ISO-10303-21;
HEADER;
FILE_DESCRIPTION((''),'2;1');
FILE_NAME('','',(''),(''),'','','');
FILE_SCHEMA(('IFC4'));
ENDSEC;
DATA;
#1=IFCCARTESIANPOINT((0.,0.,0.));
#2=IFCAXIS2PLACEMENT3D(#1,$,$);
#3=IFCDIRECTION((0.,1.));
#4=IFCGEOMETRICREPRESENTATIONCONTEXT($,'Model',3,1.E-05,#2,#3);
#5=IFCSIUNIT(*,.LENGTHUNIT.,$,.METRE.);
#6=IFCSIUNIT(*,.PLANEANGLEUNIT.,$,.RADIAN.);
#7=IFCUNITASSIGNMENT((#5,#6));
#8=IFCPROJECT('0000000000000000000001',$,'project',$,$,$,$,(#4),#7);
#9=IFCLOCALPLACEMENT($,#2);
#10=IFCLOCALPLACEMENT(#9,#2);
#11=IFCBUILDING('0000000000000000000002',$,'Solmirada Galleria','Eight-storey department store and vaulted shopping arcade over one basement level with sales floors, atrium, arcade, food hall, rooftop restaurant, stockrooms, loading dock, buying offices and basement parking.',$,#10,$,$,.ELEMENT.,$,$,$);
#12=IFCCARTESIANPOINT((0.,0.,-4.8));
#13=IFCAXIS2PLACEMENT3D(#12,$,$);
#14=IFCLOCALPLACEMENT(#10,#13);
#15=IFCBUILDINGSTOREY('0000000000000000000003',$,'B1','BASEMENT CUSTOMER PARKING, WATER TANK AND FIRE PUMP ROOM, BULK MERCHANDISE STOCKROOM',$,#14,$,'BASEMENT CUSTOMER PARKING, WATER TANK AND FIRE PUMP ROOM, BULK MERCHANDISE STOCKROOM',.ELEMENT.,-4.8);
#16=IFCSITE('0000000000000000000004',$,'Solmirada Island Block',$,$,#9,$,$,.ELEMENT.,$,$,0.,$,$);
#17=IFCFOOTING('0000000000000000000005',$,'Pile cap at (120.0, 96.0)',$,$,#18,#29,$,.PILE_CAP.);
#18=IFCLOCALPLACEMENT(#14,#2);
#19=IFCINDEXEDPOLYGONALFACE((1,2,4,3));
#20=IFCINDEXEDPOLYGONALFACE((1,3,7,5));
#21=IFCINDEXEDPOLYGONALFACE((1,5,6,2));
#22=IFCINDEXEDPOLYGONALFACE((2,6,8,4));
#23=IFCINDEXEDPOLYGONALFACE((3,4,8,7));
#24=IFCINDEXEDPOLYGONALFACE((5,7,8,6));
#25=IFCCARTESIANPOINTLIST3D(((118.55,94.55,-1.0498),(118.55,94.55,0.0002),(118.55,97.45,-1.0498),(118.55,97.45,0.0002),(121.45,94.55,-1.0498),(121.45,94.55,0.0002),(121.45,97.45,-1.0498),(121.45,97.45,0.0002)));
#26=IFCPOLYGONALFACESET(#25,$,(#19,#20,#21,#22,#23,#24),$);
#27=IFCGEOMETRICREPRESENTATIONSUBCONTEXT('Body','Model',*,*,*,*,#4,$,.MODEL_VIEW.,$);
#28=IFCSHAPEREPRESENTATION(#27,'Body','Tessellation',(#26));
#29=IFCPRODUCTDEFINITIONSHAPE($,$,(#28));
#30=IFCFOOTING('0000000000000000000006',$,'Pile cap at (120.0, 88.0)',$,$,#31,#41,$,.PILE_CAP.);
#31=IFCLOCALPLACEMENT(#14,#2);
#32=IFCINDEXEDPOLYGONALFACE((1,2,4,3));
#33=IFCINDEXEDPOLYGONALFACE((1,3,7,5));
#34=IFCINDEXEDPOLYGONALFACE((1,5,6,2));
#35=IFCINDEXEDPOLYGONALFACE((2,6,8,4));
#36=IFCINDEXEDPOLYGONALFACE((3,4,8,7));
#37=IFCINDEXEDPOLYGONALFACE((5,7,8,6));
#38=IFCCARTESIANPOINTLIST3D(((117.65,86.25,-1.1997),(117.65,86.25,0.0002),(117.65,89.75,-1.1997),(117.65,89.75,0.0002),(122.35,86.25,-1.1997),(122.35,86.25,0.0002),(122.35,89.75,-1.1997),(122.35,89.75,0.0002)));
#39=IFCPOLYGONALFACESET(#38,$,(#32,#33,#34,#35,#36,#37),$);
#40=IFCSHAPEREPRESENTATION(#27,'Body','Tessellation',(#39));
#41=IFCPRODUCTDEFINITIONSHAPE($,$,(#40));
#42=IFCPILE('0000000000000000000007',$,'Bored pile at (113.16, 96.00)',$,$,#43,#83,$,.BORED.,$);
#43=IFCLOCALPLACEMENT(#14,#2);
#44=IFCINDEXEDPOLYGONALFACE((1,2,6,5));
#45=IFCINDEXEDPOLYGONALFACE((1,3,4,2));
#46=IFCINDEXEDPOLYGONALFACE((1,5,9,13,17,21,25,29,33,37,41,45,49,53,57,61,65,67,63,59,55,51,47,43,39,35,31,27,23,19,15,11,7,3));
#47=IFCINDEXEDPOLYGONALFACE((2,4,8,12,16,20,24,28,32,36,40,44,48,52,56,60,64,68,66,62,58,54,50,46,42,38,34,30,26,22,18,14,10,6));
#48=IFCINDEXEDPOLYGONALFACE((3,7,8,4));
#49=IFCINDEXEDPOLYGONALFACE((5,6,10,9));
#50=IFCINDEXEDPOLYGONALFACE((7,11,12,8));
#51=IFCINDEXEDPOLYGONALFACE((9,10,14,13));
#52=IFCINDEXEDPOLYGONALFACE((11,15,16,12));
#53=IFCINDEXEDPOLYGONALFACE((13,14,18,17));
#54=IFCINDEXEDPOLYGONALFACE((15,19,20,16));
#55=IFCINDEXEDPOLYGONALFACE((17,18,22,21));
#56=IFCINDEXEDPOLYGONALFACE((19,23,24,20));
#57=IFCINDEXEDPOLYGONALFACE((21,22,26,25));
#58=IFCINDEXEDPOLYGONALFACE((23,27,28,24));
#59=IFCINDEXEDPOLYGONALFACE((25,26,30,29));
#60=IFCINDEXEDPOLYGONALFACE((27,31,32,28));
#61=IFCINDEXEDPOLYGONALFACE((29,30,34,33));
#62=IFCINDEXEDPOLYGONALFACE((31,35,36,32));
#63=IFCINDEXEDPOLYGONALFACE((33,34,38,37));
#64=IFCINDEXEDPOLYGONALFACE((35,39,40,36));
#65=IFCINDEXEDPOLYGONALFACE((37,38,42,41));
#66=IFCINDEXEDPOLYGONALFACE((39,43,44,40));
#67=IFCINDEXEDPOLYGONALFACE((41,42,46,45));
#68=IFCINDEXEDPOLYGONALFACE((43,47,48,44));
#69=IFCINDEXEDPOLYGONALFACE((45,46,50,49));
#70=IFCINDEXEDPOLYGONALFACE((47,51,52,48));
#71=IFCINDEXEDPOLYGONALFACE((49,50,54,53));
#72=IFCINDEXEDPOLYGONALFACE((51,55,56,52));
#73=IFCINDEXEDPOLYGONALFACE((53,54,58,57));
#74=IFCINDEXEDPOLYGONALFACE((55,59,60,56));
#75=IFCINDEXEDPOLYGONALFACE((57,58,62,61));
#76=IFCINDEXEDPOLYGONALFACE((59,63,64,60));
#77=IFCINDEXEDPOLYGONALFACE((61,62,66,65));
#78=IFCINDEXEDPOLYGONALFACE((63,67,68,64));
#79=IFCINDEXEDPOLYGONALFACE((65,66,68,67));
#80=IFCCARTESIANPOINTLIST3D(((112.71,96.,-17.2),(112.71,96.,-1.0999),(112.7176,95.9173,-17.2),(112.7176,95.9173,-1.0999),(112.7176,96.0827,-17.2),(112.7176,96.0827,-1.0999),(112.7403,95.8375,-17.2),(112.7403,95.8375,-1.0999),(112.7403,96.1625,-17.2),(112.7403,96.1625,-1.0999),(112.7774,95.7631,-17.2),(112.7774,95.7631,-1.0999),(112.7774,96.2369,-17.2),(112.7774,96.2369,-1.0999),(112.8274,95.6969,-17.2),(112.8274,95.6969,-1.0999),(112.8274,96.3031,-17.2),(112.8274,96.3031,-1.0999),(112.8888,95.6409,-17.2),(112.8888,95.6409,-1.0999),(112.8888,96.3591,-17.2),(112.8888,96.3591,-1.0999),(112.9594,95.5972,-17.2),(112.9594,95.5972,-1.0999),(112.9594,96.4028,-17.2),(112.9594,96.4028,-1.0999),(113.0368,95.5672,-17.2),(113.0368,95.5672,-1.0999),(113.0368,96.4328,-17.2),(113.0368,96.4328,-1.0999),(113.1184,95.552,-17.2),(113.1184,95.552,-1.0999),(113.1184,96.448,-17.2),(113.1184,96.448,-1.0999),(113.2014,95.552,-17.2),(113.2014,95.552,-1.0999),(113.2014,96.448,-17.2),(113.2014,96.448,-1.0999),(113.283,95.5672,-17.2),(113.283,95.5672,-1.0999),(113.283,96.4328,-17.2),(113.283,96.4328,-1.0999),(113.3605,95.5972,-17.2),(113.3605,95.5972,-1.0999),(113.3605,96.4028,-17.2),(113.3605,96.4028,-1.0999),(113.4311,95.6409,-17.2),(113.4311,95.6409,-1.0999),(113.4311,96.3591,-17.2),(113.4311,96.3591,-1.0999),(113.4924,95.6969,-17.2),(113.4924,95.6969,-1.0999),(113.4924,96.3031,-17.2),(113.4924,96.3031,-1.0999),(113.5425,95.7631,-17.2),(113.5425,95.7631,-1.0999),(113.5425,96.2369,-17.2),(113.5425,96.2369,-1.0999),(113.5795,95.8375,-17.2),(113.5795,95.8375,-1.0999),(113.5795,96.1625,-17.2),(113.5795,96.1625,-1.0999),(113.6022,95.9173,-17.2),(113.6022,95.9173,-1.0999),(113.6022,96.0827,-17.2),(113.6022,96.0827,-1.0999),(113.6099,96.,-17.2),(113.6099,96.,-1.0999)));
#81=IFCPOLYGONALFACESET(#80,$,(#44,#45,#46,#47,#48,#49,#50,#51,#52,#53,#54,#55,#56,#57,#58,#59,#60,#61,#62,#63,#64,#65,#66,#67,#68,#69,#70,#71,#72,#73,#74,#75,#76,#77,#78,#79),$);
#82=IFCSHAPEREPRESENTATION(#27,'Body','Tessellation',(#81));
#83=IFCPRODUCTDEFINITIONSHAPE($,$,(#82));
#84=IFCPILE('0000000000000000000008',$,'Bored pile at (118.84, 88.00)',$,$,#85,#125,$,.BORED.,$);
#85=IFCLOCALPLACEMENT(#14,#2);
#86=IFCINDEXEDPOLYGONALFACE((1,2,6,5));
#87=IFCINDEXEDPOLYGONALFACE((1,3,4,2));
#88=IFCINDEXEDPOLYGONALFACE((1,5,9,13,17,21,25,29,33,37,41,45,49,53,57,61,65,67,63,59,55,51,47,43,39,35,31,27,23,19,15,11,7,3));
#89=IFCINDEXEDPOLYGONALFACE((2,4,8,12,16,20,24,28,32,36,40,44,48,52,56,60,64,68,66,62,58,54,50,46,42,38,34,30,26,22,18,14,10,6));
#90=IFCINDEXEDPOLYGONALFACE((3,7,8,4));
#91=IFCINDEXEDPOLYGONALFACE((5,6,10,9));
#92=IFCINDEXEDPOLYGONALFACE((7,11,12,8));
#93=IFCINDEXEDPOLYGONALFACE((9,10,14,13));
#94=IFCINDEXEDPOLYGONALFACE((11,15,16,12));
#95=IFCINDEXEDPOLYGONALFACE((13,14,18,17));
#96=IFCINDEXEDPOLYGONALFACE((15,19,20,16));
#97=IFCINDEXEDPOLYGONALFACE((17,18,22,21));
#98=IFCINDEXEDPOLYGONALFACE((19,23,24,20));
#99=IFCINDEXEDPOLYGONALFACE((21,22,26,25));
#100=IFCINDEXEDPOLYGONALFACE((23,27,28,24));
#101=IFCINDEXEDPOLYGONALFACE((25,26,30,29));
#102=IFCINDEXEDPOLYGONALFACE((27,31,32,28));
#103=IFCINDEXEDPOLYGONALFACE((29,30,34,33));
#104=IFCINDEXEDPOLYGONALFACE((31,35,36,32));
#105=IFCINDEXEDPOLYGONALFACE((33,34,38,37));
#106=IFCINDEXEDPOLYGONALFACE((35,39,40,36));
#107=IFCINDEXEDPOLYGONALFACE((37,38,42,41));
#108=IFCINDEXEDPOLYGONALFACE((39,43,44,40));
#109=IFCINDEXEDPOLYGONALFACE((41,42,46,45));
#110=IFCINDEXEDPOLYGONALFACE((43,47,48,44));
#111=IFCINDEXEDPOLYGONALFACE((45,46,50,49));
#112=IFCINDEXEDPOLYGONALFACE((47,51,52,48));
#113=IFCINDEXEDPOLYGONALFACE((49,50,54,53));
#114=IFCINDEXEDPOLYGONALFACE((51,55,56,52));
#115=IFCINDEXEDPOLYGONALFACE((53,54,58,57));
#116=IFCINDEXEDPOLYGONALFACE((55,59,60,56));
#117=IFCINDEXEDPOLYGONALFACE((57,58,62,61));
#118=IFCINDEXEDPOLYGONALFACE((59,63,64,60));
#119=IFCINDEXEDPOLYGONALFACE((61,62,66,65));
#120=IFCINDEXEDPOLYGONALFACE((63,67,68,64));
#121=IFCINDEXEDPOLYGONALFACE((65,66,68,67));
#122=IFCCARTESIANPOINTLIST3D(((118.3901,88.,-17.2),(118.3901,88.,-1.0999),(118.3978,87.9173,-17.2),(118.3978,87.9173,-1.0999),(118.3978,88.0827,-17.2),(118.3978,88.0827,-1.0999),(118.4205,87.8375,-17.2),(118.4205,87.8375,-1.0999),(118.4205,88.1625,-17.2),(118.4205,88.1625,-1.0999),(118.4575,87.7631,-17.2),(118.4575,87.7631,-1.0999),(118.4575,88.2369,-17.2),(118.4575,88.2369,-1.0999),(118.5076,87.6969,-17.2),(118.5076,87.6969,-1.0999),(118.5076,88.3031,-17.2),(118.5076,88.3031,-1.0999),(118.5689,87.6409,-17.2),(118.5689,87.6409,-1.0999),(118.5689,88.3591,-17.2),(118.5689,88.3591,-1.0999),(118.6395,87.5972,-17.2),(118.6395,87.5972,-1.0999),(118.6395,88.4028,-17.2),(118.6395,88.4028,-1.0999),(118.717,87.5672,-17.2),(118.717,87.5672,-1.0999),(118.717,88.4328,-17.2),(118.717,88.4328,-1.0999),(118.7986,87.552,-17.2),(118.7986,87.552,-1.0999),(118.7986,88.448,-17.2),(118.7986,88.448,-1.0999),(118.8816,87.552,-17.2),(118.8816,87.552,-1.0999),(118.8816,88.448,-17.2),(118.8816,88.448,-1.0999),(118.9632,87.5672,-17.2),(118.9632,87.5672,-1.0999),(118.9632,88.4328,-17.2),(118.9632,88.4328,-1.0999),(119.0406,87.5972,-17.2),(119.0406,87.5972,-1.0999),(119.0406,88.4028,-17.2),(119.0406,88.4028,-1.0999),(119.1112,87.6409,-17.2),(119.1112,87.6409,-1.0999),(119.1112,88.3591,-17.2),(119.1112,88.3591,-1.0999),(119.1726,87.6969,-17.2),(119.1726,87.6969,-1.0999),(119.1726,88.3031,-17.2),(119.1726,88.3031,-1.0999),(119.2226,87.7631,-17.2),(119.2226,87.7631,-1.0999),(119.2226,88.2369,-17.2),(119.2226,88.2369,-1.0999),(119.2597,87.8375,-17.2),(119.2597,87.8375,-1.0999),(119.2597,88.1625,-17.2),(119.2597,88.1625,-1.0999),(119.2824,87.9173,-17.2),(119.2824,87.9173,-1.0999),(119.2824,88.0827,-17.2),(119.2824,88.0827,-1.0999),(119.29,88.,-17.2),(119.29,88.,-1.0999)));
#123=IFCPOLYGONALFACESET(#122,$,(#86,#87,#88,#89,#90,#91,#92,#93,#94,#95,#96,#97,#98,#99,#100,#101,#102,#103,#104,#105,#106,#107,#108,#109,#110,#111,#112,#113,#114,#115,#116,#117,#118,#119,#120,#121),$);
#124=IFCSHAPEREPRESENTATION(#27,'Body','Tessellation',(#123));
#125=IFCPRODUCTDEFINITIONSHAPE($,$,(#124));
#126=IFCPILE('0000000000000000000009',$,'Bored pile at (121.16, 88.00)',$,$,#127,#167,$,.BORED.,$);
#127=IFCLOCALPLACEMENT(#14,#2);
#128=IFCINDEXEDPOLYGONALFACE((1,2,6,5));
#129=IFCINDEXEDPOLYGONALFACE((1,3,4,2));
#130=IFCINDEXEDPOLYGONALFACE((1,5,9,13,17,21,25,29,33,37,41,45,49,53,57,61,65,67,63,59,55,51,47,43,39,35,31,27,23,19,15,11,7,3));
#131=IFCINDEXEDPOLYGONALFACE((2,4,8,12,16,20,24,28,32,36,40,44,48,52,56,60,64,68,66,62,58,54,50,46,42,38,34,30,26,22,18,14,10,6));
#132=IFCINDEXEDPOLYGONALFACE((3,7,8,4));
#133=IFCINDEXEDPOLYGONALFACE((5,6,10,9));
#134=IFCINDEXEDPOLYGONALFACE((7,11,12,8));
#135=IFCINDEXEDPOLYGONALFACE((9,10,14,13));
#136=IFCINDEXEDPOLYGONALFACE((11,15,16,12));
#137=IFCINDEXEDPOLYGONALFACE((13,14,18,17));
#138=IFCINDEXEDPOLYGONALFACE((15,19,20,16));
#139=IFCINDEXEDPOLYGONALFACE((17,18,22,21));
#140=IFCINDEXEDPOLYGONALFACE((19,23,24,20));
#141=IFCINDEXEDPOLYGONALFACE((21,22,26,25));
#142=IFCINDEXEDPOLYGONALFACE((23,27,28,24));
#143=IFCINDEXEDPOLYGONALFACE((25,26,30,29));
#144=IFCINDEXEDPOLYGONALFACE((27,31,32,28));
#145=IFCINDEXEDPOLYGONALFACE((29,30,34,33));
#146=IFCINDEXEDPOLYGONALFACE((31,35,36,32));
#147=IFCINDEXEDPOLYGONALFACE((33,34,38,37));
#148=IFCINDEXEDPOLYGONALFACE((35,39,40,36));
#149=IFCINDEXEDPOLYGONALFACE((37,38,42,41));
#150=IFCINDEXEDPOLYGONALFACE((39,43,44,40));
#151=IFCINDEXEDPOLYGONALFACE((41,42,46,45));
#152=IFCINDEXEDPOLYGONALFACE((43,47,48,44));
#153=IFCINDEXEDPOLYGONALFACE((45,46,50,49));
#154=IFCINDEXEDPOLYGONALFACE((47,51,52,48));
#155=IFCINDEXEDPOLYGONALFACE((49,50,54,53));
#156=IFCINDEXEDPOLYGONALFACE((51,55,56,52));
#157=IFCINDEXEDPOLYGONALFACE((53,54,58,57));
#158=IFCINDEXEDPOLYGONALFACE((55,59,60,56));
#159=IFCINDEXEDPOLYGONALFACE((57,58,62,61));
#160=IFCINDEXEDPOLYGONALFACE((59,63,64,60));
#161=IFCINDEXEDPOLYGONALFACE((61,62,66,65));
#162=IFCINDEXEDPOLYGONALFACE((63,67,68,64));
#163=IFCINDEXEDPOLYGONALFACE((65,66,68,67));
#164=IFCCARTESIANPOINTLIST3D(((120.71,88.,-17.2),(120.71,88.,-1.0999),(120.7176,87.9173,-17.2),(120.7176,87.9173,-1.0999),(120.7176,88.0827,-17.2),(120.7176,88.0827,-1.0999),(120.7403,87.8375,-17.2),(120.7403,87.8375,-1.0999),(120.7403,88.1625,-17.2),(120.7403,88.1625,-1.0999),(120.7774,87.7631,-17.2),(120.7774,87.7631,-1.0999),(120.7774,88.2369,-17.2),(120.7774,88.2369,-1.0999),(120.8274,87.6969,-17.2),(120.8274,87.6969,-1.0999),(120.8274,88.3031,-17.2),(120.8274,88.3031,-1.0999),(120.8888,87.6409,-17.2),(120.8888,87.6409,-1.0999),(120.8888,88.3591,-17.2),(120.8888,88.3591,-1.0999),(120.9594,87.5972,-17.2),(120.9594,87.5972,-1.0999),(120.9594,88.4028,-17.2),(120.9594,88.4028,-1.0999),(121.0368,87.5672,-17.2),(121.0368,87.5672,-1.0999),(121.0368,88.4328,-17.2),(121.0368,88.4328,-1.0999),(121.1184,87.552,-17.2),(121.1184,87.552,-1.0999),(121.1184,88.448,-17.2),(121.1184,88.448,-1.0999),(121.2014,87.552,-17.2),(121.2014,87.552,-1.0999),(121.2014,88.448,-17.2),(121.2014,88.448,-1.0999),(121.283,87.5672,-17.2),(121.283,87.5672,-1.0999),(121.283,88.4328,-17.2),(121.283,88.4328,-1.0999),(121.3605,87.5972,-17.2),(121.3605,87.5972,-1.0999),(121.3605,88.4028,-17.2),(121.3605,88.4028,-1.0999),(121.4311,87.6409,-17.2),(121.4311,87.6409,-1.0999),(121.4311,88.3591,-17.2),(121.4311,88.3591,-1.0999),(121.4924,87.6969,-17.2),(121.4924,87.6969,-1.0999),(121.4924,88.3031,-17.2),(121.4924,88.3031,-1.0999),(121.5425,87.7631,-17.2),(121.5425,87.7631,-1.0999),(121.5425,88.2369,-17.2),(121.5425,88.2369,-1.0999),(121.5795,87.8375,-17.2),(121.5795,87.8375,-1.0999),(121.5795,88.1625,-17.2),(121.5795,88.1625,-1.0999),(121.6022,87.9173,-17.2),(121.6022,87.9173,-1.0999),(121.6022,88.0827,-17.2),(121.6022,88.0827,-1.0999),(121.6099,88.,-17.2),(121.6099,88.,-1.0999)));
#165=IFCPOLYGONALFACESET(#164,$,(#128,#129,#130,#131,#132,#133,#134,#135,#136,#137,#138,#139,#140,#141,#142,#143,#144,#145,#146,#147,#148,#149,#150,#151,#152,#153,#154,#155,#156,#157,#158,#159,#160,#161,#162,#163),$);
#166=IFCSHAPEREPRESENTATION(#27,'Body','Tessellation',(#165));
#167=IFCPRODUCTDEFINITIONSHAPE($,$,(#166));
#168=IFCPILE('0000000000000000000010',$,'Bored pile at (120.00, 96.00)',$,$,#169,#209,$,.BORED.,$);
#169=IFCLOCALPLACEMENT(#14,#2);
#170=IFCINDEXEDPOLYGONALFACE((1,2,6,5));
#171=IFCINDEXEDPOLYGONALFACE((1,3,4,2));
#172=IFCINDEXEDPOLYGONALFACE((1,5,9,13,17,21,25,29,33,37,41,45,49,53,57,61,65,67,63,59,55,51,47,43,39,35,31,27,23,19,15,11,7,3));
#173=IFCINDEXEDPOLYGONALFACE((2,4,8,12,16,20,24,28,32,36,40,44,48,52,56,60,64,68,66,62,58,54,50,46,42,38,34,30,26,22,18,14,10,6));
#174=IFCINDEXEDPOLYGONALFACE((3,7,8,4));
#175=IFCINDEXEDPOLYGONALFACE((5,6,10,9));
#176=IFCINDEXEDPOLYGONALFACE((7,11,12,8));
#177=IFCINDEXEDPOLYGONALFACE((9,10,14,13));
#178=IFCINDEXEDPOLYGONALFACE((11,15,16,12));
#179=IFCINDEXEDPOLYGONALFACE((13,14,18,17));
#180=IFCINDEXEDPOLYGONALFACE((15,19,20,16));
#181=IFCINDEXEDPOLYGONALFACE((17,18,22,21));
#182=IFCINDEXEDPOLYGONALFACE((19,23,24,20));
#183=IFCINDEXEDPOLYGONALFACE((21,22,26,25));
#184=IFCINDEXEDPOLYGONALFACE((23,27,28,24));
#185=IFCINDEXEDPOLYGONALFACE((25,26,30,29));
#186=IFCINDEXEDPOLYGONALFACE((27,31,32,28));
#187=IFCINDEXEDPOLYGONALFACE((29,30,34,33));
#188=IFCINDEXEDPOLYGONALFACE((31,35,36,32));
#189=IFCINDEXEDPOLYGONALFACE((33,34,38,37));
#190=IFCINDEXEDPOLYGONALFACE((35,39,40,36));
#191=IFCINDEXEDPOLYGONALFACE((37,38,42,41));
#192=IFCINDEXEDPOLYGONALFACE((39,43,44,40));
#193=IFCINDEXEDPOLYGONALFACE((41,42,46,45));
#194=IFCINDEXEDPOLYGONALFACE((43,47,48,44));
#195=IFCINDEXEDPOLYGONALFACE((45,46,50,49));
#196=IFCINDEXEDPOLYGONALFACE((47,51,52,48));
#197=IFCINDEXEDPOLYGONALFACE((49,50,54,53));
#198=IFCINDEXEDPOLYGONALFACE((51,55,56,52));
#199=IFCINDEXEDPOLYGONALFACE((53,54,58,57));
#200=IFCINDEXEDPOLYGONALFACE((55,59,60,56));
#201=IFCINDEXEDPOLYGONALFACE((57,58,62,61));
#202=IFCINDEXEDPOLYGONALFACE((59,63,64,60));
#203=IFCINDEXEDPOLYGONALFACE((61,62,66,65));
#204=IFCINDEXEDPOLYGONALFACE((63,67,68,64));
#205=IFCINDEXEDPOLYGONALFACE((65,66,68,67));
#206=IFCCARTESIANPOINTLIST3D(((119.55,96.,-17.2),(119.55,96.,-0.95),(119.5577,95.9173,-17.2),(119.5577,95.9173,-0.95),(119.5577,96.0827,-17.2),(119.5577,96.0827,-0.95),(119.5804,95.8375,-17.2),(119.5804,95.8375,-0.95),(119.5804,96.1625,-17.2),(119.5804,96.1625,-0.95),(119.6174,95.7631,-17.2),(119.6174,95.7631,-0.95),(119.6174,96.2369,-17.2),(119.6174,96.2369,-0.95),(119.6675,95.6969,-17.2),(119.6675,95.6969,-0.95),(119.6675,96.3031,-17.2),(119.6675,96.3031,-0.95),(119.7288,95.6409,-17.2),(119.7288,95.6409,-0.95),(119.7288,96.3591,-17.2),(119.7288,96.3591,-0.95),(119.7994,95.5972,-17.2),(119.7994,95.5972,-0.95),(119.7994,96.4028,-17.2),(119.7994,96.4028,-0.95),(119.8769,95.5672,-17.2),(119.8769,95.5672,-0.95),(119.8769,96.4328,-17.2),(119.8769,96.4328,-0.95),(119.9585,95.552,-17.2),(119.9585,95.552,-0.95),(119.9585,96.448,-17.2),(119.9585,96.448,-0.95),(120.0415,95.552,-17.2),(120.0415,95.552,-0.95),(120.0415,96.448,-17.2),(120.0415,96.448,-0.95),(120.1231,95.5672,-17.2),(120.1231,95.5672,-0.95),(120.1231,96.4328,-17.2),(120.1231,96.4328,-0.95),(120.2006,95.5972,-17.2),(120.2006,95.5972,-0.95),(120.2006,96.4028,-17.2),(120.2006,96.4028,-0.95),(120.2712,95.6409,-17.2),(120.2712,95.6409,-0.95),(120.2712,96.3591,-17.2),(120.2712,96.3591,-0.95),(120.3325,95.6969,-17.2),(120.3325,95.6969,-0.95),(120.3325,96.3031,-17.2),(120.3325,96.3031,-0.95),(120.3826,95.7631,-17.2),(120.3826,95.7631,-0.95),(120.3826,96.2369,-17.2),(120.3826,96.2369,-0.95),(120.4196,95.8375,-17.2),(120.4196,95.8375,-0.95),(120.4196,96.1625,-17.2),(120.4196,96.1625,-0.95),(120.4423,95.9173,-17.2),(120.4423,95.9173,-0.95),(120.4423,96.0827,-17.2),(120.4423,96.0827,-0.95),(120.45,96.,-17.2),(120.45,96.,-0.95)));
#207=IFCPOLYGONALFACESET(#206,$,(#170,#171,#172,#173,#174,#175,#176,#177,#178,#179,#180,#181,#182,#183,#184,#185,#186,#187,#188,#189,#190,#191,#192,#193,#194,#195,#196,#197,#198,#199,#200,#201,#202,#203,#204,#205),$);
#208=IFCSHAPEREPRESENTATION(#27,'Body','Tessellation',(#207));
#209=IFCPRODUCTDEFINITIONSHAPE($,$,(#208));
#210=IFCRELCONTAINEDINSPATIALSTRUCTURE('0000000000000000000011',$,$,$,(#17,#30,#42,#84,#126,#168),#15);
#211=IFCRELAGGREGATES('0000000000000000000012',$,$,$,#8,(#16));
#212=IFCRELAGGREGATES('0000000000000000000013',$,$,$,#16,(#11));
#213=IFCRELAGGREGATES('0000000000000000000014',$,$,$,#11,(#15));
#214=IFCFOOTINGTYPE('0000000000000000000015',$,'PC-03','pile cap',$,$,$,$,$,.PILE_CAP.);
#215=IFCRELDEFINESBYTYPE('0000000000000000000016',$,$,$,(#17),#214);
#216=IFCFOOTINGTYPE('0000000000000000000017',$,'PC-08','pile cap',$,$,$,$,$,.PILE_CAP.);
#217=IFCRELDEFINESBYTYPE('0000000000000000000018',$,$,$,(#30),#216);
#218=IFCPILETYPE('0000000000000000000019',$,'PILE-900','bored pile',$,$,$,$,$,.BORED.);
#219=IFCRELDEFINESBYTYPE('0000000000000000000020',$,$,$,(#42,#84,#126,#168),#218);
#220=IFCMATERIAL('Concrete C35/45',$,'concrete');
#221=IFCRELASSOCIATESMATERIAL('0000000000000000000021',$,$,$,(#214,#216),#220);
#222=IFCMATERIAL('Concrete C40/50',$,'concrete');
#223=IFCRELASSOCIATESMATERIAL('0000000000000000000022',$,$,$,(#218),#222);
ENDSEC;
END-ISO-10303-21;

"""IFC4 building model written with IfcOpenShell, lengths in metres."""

from ifc_helpers import new_model, si_unit, direction, frame, origin, origin_2d, place, context, subcontext, project, spatial, rectangle, circle, extrude, material, material_profile, profile_set, type_object, element, save


model = new_model("IFC4")

# Units and contexts
model_context = context("Model", 3, precision=1e-05, world=origin(), true_north=direction((0.0, 1.0)))
body_context = subcontext(model_context, "Body", "Model", "MODEL_VIEW")
ifc_project = project(units=[si_unit("LENGTHUNIT", "METRE"), si_unit("PLANEANGLEUNIT", "RADIAN")], contexts=[model_context])

# Site, building, storey
site_placement = place(None, origin())
site = spatial("IfcSite", under=ifc_project, at=site_placement, Name="Solmirada Island Block", CompositionType="ELEMENT", RefElevation=0.0)
building_placement = place(site_placement, origin())
building = spatial("IfcBuilding", under=site, at=building_placement, Name="Solmirada Galleria", Description="Eight-storey department store and vaulted shopping arcade over one basement level with sales floors, atrium, arcade, food hall, rooftop restaurant, stockrooms, loading dock, buying offices and basement parking.", CompositionType="ELEMENT")
storey_placement = place(building_placement, frame((0.0, 0.0, -4.8)))
storey = spatial("IfcBuildingStorey", under=building, at=storey_placement, Name="B1", Description="BASEMENT CUSTOMER PARKING, WATER TANK AND FIRE PUMP ROOM, BULK MERCHANDISE STOCKROOM", LongName="BASEMENT CUSTOMER PARKING, WATER TANK AND FIRE PUMP ROOM, BULK MERCHANDISE STOCKROOM", CompositionType="ELEMENT", Elevation=-4.8)

# Footings
ifc_material_1 = material(Name="Concrete C35/45", Category="concrete")
footing_type_1 = type_object("IfcFootingType", Name="PC-03", Description="pile cap", PredefinedType="PILE_CAP", material=ifc_material_1)
footing_1_placement = place(storey_placement, frame((120.0, 96.0, -1.0498), z_axis=(0.0, 0.0, 1.0), x_axis=(1.0, 0.0, 0.0)))
element("IfcFooting", 1, at=footing_1_placement, inside=storey, type_object=footing_type_1, Name="Pile cap at (120.0, 96.0)", PredefinedType="PILE_CAP", context=body_context, shape_type="SweptSolid", body=[
    extrude(rectangle(XDim=2.8999, YDim=2.8999, at=origin_2d()), origin(), (0.0, 0.0, 1.0), 1.05),
])
footing_type_2 = type_object("IfcFootingType", Name="PC-08", Description="pile cap", PredefinedType="PILE_CAP", material=ifc_material_1)
footing_2_placement = place(storey_placement, frame((120.0, 88.0, -1.1997), z_axis=(0.0, 0.0, 1.0), x_axis=(1.0, 0.0, 0.0)))
element("IfcFooting", 2, at=footing_2_placement, inside=storey, type_object=footing_type_2, Name="Pile cap at (120.0, 88.0)", PredefinedType="PILE_CAP", context=body_context, shape_type="SweptSolid", body=[
    extrude(rectangle(XDim=4.7, YDim=3.5, at=origin_2d()), origin(), (0.0, 0.0, 1.0), 1.2),
])

# Piles
ifc_material_2 = material(Name="Concrete C40/50", Category="concrete")
ifc_material_profile_1 = material_profile(ifc_material_2, circle(Radius=0.45, at=origin_2d()), Name="PILE900")
ifc_profile_set_1 = profile_set([ifc_material_profile_1], Name="Concrete C40/50")
pile_type = type_object("IfcPileType", Name="PILE-900", Description="bored pile", PredefinedType="BORED", material=ifc_profile_set_1)
for number, where, z_axis, x_axis, name in (
    (3, (113.1599, 96.0, -1.0999), (0.0, 0.0, -1.0), (1.0, 0.0, 0.0), "Bored pile at (113.16, 96.00)"),
    (4, (118.8401, 88.0, -1.0999), (0.0, 0.0, -1.0), (1.0, 0.0, 0.0), "Bored pile at (118.84, 88.00)"),
    (5, (121.1599, 88.0, -1.0999), (0.0, 0.0, -1.0), (1.0, 0.0, 0.0), "Bored pile at (121.16, 88.00)"),
):
    element("IfcPile", number, at=place(storey_placement, frame(where, z_axis=z_axis, x_axis=x_axis)), inside=storey, type_object=pile_type, Name=name, PredefinedType="BORED", context=body_context, shape_type="SweptSolid", body=[
        extrude(circle(Radius=0.45, at=origin_2d()), origin(), (0.0, 0.0, 1.0), 16.1001),
    ])
pile_1_placement = place(storey_placement, frame((120.0, 96.0, -0.95), z_axis=(0.0, 0.0, -1.0), x_axis=(1.0, 0.0, 0.0)))
element("IfcPile", 6, at=pile_1_placement, inside=storey, type_object=pile_type, Name="Bored pile at (120.00, 96.00)", PredefinedType="BORED", context=body_context, shape_type="SweptSolid", body=[
    extrude(circle(Radius=0.45, at=origin_2d()), origin(), (0.0, 0.0, 1.0), 16.25),
])

save(model, "model.ifc")
